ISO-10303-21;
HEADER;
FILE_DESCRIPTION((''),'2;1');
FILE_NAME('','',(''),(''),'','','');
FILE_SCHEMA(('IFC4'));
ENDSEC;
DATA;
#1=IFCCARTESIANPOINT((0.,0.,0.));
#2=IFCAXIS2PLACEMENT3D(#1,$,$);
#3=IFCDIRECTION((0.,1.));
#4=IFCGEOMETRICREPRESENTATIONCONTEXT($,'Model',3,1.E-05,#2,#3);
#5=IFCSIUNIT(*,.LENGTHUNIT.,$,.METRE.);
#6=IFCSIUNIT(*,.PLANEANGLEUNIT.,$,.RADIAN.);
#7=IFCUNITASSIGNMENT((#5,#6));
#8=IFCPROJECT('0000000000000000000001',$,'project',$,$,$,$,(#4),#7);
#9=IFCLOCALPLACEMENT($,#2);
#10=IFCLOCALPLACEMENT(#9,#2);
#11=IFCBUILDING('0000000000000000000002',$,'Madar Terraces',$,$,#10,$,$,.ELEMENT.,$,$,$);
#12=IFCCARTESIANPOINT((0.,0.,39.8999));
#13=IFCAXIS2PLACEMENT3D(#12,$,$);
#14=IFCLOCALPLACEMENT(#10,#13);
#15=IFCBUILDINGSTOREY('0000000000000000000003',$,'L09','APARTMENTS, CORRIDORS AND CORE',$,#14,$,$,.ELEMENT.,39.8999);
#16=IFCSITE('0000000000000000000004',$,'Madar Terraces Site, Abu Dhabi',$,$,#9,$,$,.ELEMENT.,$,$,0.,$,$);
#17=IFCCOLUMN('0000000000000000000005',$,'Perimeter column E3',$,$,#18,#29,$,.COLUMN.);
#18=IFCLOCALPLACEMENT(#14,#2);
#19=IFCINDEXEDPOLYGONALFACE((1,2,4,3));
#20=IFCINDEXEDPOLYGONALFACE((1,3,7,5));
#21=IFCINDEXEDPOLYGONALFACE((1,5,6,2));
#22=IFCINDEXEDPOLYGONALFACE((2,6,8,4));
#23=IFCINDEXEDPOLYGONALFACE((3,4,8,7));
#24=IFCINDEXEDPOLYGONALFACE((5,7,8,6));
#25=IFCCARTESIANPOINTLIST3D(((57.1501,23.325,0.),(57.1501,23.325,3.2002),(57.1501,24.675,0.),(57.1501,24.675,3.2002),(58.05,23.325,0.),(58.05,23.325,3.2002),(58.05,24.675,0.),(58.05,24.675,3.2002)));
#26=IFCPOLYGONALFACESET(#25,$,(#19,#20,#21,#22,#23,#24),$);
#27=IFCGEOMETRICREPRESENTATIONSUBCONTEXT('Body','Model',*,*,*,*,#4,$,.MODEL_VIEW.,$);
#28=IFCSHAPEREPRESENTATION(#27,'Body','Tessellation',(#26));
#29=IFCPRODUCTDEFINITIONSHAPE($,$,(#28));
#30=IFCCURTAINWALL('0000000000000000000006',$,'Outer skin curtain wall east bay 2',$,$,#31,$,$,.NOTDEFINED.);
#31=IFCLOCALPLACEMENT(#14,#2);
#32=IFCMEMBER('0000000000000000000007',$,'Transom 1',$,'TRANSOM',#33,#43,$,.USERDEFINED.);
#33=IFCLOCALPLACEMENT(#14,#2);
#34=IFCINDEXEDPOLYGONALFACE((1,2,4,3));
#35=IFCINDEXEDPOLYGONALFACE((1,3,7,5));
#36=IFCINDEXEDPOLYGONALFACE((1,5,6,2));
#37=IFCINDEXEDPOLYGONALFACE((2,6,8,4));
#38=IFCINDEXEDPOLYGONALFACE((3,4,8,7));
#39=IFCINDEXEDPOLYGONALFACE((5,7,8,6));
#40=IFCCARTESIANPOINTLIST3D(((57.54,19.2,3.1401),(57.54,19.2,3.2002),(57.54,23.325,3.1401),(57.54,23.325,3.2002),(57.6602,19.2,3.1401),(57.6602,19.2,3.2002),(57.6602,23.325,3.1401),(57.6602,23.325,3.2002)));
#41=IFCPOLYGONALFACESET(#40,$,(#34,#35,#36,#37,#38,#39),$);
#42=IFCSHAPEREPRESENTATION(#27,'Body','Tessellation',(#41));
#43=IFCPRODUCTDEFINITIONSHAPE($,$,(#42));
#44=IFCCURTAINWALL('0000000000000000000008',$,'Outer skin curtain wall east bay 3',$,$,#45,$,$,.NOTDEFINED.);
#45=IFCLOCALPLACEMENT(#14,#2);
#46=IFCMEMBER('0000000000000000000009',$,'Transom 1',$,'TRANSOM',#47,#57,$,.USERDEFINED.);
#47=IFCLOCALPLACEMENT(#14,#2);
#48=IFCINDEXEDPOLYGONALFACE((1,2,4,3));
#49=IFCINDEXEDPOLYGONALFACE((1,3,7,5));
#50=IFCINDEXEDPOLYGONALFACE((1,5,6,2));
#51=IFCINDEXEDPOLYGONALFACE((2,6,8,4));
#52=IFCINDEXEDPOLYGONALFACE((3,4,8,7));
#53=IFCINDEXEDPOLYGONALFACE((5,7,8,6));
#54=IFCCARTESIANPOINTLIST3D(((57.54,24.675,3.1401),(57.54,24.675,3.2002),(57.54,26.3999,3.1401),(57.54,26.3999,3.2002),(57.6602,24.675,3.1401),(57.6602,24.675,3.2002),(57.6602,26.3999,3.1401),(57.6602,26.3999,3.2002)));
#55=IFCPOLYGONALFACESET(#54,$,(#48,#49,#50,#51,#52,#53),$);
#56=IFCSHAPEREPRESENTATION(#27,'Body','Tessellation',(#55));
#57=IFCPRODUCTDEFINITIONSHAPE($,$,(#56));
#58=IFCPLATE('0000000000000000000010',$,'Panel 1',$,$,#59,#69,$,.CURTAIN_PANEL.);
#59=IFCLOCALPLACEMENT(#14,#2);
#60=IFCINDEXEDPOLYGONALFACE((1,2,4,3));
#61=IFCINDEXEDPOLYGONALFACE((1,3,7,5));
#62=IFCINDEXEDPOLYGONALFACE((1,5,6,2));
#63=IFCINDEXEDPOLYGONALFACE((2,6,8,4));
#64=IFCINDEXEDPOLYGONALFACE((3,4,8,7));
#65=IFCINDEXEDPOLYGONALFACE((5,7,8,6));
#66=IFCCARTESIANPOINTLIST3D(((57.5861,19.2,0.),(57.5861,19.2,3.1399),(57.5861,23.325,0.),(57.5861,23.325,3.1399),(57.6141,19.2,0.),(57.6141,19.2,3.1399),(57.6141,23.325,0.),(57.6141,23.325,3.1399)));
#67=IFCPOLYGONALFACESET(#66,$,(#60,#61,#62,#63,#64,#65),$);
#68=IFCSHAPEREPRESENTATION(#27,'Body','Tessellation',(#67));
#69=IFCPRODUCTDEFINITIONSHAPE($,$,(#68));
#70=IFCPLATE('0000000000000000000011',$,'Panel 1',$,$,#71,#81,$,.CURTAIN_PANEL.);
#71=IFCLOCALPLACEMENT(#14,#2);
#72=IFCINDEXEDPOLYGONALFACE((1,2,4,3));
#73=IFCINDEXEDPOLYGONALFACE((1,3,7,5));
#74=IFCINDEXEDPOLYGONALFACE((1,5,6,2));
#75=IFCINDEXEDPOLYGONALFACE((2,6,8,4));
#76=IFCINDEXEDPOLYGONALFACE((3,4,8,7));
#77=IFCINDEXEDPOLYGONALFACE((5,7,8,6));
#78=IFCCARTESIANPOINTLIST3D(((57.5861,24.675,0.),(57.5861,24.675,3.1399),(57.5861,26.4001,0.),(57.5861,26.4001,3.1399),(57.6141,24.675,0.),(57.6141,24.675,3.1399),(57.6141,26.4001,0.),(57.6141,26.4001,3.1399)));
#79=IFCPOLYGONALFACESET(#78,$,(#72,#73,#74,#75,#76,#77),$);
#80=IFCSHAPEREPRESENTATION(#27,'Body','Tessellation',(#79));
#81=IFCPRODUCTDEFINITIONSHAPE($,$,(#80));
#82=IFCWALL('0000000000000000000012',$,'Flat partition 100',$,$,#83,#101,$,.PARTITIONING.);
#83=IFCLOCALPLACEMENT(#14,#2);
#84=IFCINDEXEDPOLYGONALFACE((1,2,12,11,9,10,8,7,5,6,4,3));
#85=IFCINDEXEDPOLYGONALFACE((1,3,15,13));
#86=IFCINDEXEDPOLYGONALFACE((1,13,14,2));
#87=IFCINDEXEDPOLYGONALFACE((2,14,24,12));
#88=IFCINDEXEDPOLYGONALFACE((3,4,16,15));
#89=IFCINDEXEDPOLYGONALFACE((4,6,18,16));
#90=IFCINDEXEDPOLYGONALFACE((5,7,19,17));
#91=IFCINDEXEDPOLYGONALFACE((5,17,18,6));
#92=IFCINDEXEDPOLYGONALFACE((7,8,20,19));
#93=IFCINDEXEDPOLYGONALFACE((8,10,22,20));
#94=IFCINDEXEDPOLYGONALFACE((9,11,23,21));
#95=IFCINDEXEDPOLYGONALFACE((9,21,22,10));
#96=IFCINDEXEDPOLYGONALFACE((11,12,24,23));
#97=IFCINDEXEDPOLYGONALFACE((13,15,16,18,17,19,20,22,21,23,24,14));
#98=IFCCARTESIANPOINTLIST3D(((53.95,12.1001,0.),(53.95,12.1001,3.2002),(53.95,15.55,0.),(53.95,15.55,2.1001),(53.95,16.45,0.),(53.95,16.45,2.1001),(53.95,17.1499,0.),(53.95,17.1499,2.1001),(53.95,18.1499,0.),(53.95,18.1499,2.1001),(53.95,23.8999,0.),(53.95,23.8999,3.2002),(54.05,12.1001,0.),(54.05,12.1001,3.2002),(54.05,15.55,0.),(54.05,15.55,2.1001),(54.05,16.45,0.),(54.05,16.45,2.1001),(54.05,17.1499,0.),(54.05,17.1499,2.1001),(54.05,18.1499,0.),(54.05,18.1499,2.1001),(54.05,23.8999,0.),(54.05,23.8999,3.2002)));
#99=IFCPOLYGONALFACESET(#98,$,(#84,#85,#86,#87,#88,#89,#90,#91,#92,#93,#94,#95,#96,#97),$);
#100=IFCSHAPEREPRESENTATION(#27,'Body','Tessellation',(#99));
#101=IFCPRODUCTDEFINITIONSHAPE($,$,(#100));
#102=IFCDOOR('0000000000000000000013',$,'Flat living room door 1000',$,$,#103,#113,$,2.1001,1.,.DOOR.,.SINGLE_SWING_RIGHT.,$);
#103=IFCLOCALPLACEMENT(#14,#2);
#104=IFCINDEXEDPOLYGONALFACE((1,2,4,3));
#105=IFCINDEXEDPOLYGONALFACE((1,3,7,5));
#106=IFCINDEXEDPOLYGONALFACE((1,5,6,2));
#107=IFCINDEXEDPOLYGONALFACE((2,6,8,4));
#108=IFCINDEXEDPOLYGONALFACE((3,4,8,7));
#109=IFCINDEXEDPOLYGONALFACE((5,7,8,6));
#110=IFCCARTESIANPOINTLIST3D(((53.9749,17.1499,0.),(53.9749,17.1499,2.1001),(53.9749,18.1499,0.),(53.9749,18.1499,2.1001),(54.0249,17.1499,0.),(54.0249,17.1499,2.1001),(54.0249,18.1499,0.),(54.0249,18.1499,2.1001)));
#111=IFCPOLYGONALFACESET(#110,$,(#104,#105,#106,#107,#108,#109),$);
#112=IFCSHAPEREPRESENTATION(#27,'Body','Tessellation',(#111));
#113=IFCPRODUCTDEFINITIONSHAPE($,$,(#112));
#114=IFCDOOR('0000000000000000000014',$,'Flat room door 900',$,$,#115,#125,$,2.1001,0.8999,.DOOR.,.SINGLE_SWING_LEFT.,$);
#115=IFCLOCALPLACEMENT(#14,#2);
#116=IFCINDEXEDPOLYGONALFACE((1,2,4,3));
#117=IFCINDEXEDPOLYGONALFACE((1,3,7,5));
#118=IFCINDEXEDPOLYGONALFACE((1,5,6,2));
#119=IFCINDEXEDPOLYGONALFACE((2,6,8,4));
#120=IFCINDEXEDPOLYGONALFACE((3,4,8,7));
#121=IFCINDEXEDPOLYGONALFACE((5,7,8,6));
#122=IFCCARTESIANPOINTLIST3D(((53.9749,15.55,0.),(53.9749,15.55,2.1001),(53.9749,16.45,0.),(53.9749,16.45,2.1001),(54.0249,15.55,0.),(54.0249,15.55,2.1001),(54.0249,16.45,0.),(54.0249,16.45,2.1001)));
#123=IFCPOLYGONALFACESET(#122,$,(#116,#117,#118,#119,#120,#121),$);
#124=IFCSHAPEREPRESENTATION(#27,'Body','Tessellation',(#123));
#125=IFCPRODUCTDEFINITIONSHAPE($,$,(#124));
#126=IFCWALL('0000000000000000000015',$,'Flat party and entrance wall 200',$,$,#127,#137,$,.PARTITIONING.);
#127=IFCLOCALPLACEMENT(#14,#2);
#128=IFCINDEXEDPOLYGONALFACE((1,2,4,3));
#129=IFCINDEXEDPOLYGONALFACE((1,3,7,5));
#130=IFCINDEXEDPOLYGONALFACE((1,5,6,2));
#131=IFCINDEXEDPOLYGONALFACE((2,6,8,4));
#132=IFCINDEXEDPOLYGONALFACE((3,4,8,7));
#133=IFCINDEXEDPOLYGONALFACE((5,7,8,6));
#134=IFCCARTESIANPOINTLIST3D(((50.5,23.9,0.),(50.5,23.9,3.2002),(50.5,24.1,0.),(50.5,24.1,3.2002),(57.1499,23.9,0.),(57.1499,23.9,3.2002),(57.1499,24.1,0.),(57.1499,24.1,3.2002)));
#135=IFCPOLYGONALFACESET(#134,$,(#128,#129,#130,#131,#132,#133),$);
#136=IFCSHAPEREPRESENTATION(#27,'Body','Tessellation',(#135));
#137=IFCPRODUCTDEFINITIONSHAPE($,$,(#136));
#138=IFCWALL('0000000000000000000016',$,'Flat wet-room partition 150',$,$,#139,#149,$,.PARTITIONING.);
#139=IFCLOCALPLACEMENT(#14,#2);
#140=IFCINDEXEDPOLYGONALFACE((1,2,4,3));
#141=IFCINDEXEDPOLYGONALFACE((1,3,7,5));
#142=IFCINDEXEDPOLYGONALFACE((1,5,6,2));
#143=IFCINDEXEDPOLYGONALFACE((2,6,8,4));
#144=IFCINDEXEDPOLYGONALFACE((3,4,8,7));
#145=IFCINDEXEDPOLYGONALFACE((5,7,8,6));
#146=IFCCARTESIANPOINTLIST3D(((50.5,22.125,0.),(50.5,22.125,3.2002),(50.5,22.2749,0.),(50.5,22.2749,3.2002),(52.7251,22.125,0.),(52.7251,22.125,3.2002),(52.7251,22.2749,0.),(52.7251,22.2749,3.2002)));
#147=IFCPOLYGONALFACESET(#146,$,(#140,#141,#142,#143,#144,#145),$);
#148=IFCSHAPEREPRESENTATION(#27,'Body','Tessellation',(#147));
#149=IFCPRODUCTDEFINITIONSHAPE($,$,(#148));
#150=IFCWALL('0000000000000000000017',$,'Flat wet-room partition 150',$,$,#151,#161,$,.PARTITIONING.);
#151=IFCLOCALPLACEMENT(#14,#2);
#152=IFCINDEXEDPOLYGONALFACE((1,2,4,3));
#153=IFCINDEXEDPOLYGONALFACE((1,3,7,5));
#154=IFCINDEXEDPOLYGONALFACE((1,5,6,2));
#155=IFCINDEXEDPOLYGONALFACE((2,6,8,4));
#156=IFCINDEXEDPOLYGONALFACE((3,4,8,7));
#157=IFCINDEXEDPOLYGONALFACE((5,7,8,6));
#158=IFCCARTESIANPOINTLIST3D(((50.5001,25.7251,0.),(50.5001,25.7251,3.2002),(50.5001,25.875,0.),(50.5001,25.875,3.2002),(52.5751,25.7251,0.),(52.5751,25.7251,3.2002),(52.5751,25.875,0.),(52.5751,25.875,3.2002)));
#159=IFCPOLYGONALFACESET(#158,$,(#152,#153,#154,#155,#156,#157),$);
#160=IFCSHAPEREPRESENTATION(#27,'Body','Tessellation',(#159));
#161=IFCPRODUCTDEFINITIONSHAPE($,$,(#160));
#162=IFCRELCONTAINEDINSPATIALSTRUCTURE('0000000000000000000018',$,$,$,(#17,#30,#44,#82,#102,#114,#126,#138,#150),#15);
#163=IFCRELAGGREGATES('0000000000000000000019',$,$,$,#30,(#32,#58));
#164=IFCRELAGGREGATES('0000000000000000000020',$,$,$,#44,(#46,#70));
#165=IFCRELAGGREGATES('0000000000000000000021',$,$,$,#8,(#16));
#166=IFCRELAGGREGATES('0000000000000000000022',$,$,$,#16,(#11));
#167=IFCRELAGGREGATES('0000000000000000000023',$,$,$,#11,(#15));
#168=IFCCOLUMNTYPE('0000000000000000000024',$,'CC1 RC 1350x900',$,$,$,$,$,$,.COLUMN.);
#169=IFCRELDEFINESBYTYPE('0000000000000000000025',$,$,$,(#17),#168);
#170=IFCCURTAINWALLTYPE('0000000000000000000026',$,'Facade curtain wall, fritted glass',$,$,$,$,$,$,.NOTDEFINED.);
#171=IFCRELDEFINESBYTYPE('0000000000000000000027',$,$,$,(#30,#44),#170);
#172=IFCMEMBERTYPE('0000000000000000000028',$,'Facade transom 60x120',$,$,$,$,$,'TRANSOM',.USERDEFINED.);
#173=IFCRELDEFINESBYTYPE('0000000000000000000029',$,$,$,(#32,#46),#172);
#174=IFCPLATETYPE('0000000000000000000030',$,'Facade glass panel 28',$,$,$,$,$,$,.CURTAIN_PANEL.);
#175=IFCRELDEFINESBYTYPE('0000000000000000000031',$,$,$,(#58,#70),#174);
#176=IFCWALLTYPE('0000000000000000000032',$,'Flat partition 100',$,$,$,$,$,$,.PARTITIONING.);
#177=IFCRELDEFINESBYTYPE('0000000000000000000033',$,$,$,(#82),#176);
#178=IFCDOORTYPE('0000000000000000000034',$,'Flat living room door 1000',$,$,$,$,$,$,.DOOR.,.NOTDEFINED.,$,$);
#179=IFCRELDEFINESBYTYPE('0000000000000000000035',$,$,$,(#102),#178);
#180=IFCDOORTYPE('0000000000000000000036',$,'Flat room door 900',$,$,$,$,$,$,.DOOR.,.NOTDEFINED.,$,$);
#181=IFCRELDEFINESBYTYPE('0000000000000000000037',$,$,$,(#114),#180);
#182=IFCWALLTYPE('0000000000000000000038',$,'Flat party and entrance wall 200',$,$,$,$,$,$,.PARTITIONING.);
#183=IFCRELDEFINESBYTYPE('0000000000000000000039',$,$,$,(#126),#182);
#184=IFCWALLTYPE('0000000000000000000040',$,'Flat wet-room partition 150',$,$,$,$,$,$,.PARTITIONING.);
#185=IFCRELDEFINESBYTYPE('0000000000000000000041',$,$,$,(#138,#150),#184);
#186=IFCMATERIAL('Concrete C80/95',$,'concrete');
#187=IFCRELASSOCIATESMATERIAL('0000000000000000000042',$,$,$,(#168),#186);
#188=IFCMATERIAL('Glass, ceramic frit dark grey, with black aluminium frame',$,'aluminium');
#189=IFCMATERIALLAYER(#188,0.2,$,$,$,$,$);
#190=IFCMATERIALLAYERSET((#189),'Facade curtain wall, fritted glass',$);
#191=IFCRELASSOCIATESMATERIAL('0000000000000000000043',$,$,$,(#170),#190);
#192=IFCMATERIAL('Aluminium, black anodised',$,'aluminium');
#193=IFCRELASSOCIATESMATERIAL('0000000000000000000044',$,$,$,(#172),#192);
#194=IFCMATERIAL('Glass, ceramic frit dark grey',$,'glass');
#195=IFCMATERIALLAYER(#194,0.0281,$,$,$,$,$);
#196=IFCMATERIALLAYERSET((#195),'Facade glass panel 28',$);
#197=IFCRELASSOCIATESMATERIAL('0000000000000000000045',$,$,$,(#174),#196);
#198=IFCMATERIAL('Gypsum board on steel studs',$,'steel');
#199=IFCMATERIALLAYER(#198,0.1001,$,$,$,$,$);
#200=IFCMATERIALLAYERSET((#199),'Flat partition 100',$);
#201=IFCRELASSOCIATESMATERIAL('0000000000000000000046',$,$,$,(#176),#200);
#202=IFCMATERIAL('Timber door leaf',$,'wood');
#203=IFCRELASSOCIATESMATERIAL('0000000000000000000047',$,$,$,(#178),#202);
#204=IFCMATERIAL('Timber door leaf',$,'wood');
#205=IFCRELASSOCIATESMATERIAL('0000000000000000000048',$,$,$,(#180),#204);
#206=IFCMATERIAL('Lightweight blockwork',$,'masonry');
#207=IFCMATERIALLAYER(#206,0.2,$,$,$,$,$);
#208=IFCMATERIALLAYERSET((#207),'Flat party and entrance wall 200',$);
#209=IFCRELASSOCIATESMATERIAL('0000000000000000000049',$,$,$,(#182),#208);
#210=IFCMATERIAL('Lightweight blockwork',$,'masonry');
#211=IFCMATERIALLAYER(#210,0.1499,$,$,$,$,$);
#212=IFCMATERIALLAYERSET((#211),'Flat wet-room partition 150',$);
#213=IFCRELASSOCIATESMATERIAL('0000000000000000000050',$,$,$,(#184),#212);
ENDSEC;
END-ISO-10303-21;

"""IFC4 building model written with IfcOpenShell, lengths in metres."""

from ifc_helpers import new_model, si_unit, direction, frame, frame_2d, origin, origin_2d, place, context, subcontext, project, spatial, rectangle, extrude, material, layer, layer_set, material_profile, profile_set, type_object, element, fill, aggregate, save


model = new_model("IFC4")

# Units and contexts
model_context = context("Model", 3, precision=1e-05, world=origin(), true_north=direction((0.0, 1.0)))
body_context = subcontext(model_context, "Body", "Model", "MODEL_VIEW")
ifc_project = project(units=[si_unit("LENGTHUNIT", "METRE"), si_unit("PLANEANGLEUNIT", "RADIAN")], contexts=[model_context])

# Site, building, storey
site_placement = place(None, origin())
site = spatial("IfcSite", under=ifc_project, at=site_placement, Name="Madar Terraces Site, Abu Dhabi", CompositionType="ELEMENT", RefElevation=0.0)
building_placement = place(site_placement, origin())
building = spatial("IfcBuilding", under=site, at=building_placement, Name="Madar Terraces", CompositionType="ELEMENT")
storey_placement = place(building_placement, frame((0.0, 0.0, 39.8999)))
storey = spatial("IfcBuildingStorey", under=building, at=storey_placement, Name="L09", Description="APARTMENTS, CORRIDORS AND CORE", CompositionType="ELEMENT", Elevation=39.8999)

# Column
ifc_material_1 = material(Name="Concrete C80/95", Category="concrete")
ifc_material_profile_1 = material_profile(ifc_material_1, rectangle(XDim=1.3501, YDim=0.8999, at=origin_2d()), Name="CC1 RC 1350x900")
ifc_profile_set_1 = profile_set([ifc_material_profile_1], Name="Concrete C80/95")
column_type = type_object("IfcColumnType", Name="CC1 RC 1350x900", PredefinedType="COLUMN", material=ifc_profile_set_1)
column_placement = place(storey_placement, frame((57.6001, 24.0, 0.0), z_axis=(0.0, 0.0, 1.0), x_axis=(0.0, 1.0, 0.0)))
element("IfcColumn", 1, at=column_placement, inside=storey, type_object=column_type, Name="Perimeter column E3", PredefinedType="COLUMN", context=body_context, shape_type="SweptSolid", body=[
    extrude(rectangle(XDim=1.3501, YDim=0.8999, at=origin_2d()), origin(), (0.0, 0.0, 1.0), 3.2002),
])

# Curtain walls, members
ifc_material_2 = material(Name="Glass, ceramic frit dark grey, with black aluminium frame", Category="aluminium")
ifc_layer_1 = layer(ifc_material_2, 0.2)
ifc_layer_set_1 = layer_set([ifc_layer_1], Name="Facade curtain wall, fritted glass")
curtain_wall_type = type_object("IfcCurtainWallType", Name="Facade curtain wall, fritted glass", PredefinedType="NOTDEFINED", material=ifc_layer_set_1)
curtain_wall_1_placement = place(storey_placement, origin())
curtain_wall_1 = element("IfcCurtainWall", 2, at=curtain_wall_1_placement, inside=storey, type_object=curtain_wall_type, Name="Outer skin curtain wall east bay 2", PredefinedType="NOTDEFINED")
ifc_material_3 = material(Name="Aluminium, black anodised", Category="aluminium")
ifc_material_profile_2 = material_profile(ifc_material_3, rectangle(XDim=0.1201, YDim=0.0601, at=origin_2d()), Name="Facade transom 60x120")
ifc_profile_set_2 = profile_set([ifc_material_profile_2], Name="Aluminium, black anodised")
member_type = type_object("IfcMemberType", Name="Facade transom 60x120", ElementType="TRANSOM", PredefinedType="USERDEFINED", material=ifc_profile_set_2)
member_1_placement = place(storey_placement, frame((57.6001, 19.2, 3.1702), z_axis=(0.0, 1.0, 0.0), x_axis=(-1.0, 0.0, 0.0)))
member_1 = element("IfcMember", 3, at=member_1_placement, type_object=member_type, Name="Transom 1", ObjectType="TRANSOM", PredefinedType="USERDEFINED", context=body_context, shape_type="SweptSolid", body=[
    extrude(rectangle(XDim=0.1201, YDim=0.0601, at=origin_2d()), origin(), (0.0, 0.0, 1.0), 4.125),
])
curtain_wall_2_placement = place(storey_placement, origin())
curtain_wall_2 = element("IfcCurtainWall", 4, at=curtain_wall_2_placement, inside=storey, type_object=curtain_wall_type, Name="Outer skin curtain wall east bay 3", PredefinedType="NOTDEFINED")
member_2_placement = place(storey_placement, frame((57.6001, 24.675, 3.1702), z_axis=(0.0, 1.0, 0.0), x_axis=(-1.0, 0.0, 0.0)))
member_2 = element("IfcMember", 5, at=member_2_placement, type_object=member_type, Name="Transom 1", ObjectType="TRANSOM", PredefinedType="USERDEFINED", context=body_context, shape_type="SweptSolid", body=[
    extrude(rectangle(XDim=0.1201, YDim=0.0601, at=origin_2d()), origin(), (0.0, 0.0, 1.0), 1.7249),
])

# Plates
ifc_material_4 = material(Name="Glass, ceramic frit dark grey", Category="glass")
ifc_layer_2 = layer(ifc_material_4, 0.0281)
ifc_layer_set_2 = layer_set([ifc_layer_2], Name="Facade glass panel 28")
plate_type = type_object("IfcPlateType", Name="Facade glass panel 28", PredefinedType="CURTAIN_PANEL", material=ifc_layer_set_2)
plate_1_placement = place(storey_placement, frame((57.6001, 21.2625, 0.0), z_axis=(0.0, 0.0, 1.0), x_axis=(0.0, 1.0, 0.0)))
plate_1 = element("IfcPlate", 6, at=plate_1_placement, type_object=plate_type, Name="Panel 1", PredefinedType="CURTAIN_PANEL", context=body_context, shape_type="SweptSolid", body=[
    extrude(rectangle(XDim=4.125, YDim=0.0281, at=origin_2d()), origin(), (0.0, 0.0, 1.0), 3.1399),
])
aggregate(curtain_wall_1, [member_1, plate_1])
plate_2_placement = place(storey_placement, frame((57.6001, 25.5376, 0.0), z_axis=(0.0, 0.0, 1.0), x_axis=(0.0, 1.0, 0.0)))
plate_2 = element("IfcPlate", 7, at=plate_2_placement, type_object=plate_type, Name="Panel 1", PredefinedType="CURTAIN_PANEL", context=body_context, shape_type="SweptSolid", body=[
    extrude(rectangle(XDim=1.7251, YDim=0.0281, at=origin_2d()), origin(), (0.0, 0.0, 1.0), 3.1399),
])
aggregate(curtain_wall_2, [member_2, plate_2])

# Wall, openings, doors
ifc_material_5 = material(Name="Gypsum board on steel studs", Category="steel")
ifc_layer_3 = layer(ifc_material_5, 0.1001)
ifc_layer_set_3 = layer_set([ifc_layer_3], Name="Flat partition 100")
wall_type_1 = type_object("IfcWallType", Name="Flat partition 100", PredefinedType="PARTITIONING", material=ifc_layer_set_3)
wall_1_placement = place(storey_placement, frame((54.0, 23.8999, 0.0), z_axis=(0.0, 0.0, 1.0), x_axis=(0.0, -1.0, 0.0)))
wall_1 = element("IfcWall", 8, at=wall_1_placement, inside=storey, type_object=wall_type_1, Name="Flat partition 100", PredefinedType="PARTITIONING", context=body_context, shape_type="SweptSolid", body=[
    extrude(rectangle(XDim=11.7998, YDim=0.1001, at=frame_2d((5.8999, 0.0))), origin(), (0.0, 0.0, 1.0), 3.2002),
])
opening_1_placement = place(wall_1_placement, frame((5.75, 0.0, 0.0)))
opening_1 = element("IfcOpeningElement", 9, at=opening_1_placement, cuts=wall_1, PredefinedType="OPENING", context=body_context, shape_type="SweptSolid", body=[
    extrude(rectangle(XDim=1.0, YDim=2.1001, at=frame_2d((0.5, 1.05))), frame((0.0, 0.0601, 0.0), z_axis=(0.0, -1.0, 0.0), x_axis=(1.0, 0.0, 0.0)), (0.0, 0.0, 1.0), 0.1201),
])
opening_2_placement = place(wall_1_placement, frame((7.45, 0.0, 0.0)))
opening_2 = element("IfcOpeningElement", 10, at=opening_2_placement, cuts=wall_1, PredefinedType="OPENING", context=body_context, shape_type="SweptSolid", body=[
    extrude(rectangle(XDim=0.8999, YDim=2.1001, at=frame_2d((0.45, 1.05))), frame((0.0, 0.0601, 0.0), z_axis=(0.0, -1.0, 0.0), x_axis=(1.0, 0.0, 0.0)), (0.0, 0.0, 1.0), 0.1201),
])
ifc_material_6 = material(Name="Timber door leaf", Category="wood")
door_type_1 = type_object("IfcDoorType", Name="Flat living room door 1000", OperationType="NOTDEFINED", PredefinedType="DOOR", material=ifc_material_6)
door_1_placement = place(opening_1_placement, origin())
door_1 = element("IfcDoor", 11, at=door_1_placement, inside=storey, type_object=door_type_1, Name="Flat living room door 1000", OperationType="SINGLE_SWING_RIGHT", OverallHeight=2.1001, OverallWidth=1.0, PredefinedType="DOOR", context=body_context, shape_type="SweptSolid", body=[
    extrude(rectangle(XDim=1.0, YDim=2.1001, at=frame_2d((0.5, 1.05))), frame((0.0, 0.0249, 0.0), z_axis=(0.0, -1.0, 0.0), x_axis=(1.0, 0.0, 0.0)), (0.0, 0.0, 1.0), 0.05),
])
fill(opening_1, door_1)
ifc_material_7 = material(Name="Timber door leaf", Category="wood")
door_type_2 = type_object("IfcDoorType", Name="Flat room door 900", OperationType="NOTDEFINED", PredefinedType="DOOR", material=ifc_material_7)
door_2_placement = place(opening_2_placement, origin())
door_2 = element("IfcDoor", 12, at=door_2_placement, inside=storey, type_object=door_type_2, Name="Flat room door 900", OperationType="SINGLE_SWING_LEFT", OverallHeight=2.1001, OverallWidth=0.8999, PredefinedType="DOOR", context=body_context, shape_type="SweptSolid", body=[
    extrude(rectangle(XDim=0.8999, YDim=2.1001, at=frame_2d((0.45, 1.05))), frame((0.0, 0.0249, 0.0), z_axis=(0.0, -1.0, 0.0), x_axis=(1.0, 0.0, 0.0)), (0.0, 0.0, 1.0), 0.05),
])
fill(opening_2, door_2)

# Walls
ifc_material_8 = material(Name="Lightweight blockwork", Category="masonry")
ifc_layer_4 = layer(ifc_material_8, 0.2)
ifc_layer_set_4 = layer_set([ifc_layer_4], Name="Flat party and entrance wall 200")
wall_type_2 = type_object("IfcWallType", Name="Flat party and entrance wall 200", PredefinedType="PARTITIONING", material=ifc_layer_set_4)
wall_2_placement = place(storey_placement, frame((50.5, 24.0, 0.0), z_axis=(0.0, 0.0, 1.0), x_axis=(1.0, 0.0, 0.0)))
element("IfcWall", 13, at=wall_2_placement, inside=storey, type_object=wall_type_2, Name="Flat party and entrance wall 200", PredefinedType="PARTITIONING", context=body_context, shape_type="SweptSolid", body=[
    extrude(rectangle(XDim=6.6499, YDim=0.2, at=frame_2d((3.325, 0.0))), origin(), (0.0, 0.0, 1.0), 3.2002),
])
ifc_material_9 = material(Name="Lightweight blockwork", Category="masonry")
ifc_layer_5 = layer(ifc_material_9, 0.1499)
ifc_layer_set_5 = layer_set([ifc_layer_5], Name="Flat wet-room partition 150")
wall_type_3 = type_object("IfcWallType", Name="Flat wet-room partition 150", PredefinedType="PARTITIONING", material=ifc_layer_set_5)
wall_3_placement = place(storey_placement, frame((50.5, 22.2, 0.0), z_axis=(0.0, 0.0, 1.0), x_axis=(1.0, 0.0, 0.0)))
element("IfcWall", 14, at=wall_3_placement, inside=storey, type_object=wall_type_3, Name="Flat wet-room partition 150", PredefinedType="PARTITIONING", context=body_context, shape_type="SweptSolid", body=[
    extrude(rectangle(XDim=2.2251, YDim=0.1499, at=frame_2d((1.1125, 0.0))), origin(), (0.0, 0.0, 1.0), 3.2002),
])
wall_4_placement = place(storey_placement, frame((50.5, 25.8, 0.0), z_axis=(0.0, 0.0, 1.0), x_axis=(1.0, 0.0, 0.0)))
element("IfcWall", 15, at=wall_4_placement, inside=storey, type_object=wall_type_3, Name="Flat wet-room partition 150", PredefinedType="PARTITIONING", context=body_context, shape_type="SweptSolid", body=[
    extrude(rectangle(XDim=2.075, YDim=0.1499, at=frame_2d((1.0376, 0.0))), origin(), (0.0, 0.0, 1.0), 3.2002),
])

save(model, "model.ifc")
